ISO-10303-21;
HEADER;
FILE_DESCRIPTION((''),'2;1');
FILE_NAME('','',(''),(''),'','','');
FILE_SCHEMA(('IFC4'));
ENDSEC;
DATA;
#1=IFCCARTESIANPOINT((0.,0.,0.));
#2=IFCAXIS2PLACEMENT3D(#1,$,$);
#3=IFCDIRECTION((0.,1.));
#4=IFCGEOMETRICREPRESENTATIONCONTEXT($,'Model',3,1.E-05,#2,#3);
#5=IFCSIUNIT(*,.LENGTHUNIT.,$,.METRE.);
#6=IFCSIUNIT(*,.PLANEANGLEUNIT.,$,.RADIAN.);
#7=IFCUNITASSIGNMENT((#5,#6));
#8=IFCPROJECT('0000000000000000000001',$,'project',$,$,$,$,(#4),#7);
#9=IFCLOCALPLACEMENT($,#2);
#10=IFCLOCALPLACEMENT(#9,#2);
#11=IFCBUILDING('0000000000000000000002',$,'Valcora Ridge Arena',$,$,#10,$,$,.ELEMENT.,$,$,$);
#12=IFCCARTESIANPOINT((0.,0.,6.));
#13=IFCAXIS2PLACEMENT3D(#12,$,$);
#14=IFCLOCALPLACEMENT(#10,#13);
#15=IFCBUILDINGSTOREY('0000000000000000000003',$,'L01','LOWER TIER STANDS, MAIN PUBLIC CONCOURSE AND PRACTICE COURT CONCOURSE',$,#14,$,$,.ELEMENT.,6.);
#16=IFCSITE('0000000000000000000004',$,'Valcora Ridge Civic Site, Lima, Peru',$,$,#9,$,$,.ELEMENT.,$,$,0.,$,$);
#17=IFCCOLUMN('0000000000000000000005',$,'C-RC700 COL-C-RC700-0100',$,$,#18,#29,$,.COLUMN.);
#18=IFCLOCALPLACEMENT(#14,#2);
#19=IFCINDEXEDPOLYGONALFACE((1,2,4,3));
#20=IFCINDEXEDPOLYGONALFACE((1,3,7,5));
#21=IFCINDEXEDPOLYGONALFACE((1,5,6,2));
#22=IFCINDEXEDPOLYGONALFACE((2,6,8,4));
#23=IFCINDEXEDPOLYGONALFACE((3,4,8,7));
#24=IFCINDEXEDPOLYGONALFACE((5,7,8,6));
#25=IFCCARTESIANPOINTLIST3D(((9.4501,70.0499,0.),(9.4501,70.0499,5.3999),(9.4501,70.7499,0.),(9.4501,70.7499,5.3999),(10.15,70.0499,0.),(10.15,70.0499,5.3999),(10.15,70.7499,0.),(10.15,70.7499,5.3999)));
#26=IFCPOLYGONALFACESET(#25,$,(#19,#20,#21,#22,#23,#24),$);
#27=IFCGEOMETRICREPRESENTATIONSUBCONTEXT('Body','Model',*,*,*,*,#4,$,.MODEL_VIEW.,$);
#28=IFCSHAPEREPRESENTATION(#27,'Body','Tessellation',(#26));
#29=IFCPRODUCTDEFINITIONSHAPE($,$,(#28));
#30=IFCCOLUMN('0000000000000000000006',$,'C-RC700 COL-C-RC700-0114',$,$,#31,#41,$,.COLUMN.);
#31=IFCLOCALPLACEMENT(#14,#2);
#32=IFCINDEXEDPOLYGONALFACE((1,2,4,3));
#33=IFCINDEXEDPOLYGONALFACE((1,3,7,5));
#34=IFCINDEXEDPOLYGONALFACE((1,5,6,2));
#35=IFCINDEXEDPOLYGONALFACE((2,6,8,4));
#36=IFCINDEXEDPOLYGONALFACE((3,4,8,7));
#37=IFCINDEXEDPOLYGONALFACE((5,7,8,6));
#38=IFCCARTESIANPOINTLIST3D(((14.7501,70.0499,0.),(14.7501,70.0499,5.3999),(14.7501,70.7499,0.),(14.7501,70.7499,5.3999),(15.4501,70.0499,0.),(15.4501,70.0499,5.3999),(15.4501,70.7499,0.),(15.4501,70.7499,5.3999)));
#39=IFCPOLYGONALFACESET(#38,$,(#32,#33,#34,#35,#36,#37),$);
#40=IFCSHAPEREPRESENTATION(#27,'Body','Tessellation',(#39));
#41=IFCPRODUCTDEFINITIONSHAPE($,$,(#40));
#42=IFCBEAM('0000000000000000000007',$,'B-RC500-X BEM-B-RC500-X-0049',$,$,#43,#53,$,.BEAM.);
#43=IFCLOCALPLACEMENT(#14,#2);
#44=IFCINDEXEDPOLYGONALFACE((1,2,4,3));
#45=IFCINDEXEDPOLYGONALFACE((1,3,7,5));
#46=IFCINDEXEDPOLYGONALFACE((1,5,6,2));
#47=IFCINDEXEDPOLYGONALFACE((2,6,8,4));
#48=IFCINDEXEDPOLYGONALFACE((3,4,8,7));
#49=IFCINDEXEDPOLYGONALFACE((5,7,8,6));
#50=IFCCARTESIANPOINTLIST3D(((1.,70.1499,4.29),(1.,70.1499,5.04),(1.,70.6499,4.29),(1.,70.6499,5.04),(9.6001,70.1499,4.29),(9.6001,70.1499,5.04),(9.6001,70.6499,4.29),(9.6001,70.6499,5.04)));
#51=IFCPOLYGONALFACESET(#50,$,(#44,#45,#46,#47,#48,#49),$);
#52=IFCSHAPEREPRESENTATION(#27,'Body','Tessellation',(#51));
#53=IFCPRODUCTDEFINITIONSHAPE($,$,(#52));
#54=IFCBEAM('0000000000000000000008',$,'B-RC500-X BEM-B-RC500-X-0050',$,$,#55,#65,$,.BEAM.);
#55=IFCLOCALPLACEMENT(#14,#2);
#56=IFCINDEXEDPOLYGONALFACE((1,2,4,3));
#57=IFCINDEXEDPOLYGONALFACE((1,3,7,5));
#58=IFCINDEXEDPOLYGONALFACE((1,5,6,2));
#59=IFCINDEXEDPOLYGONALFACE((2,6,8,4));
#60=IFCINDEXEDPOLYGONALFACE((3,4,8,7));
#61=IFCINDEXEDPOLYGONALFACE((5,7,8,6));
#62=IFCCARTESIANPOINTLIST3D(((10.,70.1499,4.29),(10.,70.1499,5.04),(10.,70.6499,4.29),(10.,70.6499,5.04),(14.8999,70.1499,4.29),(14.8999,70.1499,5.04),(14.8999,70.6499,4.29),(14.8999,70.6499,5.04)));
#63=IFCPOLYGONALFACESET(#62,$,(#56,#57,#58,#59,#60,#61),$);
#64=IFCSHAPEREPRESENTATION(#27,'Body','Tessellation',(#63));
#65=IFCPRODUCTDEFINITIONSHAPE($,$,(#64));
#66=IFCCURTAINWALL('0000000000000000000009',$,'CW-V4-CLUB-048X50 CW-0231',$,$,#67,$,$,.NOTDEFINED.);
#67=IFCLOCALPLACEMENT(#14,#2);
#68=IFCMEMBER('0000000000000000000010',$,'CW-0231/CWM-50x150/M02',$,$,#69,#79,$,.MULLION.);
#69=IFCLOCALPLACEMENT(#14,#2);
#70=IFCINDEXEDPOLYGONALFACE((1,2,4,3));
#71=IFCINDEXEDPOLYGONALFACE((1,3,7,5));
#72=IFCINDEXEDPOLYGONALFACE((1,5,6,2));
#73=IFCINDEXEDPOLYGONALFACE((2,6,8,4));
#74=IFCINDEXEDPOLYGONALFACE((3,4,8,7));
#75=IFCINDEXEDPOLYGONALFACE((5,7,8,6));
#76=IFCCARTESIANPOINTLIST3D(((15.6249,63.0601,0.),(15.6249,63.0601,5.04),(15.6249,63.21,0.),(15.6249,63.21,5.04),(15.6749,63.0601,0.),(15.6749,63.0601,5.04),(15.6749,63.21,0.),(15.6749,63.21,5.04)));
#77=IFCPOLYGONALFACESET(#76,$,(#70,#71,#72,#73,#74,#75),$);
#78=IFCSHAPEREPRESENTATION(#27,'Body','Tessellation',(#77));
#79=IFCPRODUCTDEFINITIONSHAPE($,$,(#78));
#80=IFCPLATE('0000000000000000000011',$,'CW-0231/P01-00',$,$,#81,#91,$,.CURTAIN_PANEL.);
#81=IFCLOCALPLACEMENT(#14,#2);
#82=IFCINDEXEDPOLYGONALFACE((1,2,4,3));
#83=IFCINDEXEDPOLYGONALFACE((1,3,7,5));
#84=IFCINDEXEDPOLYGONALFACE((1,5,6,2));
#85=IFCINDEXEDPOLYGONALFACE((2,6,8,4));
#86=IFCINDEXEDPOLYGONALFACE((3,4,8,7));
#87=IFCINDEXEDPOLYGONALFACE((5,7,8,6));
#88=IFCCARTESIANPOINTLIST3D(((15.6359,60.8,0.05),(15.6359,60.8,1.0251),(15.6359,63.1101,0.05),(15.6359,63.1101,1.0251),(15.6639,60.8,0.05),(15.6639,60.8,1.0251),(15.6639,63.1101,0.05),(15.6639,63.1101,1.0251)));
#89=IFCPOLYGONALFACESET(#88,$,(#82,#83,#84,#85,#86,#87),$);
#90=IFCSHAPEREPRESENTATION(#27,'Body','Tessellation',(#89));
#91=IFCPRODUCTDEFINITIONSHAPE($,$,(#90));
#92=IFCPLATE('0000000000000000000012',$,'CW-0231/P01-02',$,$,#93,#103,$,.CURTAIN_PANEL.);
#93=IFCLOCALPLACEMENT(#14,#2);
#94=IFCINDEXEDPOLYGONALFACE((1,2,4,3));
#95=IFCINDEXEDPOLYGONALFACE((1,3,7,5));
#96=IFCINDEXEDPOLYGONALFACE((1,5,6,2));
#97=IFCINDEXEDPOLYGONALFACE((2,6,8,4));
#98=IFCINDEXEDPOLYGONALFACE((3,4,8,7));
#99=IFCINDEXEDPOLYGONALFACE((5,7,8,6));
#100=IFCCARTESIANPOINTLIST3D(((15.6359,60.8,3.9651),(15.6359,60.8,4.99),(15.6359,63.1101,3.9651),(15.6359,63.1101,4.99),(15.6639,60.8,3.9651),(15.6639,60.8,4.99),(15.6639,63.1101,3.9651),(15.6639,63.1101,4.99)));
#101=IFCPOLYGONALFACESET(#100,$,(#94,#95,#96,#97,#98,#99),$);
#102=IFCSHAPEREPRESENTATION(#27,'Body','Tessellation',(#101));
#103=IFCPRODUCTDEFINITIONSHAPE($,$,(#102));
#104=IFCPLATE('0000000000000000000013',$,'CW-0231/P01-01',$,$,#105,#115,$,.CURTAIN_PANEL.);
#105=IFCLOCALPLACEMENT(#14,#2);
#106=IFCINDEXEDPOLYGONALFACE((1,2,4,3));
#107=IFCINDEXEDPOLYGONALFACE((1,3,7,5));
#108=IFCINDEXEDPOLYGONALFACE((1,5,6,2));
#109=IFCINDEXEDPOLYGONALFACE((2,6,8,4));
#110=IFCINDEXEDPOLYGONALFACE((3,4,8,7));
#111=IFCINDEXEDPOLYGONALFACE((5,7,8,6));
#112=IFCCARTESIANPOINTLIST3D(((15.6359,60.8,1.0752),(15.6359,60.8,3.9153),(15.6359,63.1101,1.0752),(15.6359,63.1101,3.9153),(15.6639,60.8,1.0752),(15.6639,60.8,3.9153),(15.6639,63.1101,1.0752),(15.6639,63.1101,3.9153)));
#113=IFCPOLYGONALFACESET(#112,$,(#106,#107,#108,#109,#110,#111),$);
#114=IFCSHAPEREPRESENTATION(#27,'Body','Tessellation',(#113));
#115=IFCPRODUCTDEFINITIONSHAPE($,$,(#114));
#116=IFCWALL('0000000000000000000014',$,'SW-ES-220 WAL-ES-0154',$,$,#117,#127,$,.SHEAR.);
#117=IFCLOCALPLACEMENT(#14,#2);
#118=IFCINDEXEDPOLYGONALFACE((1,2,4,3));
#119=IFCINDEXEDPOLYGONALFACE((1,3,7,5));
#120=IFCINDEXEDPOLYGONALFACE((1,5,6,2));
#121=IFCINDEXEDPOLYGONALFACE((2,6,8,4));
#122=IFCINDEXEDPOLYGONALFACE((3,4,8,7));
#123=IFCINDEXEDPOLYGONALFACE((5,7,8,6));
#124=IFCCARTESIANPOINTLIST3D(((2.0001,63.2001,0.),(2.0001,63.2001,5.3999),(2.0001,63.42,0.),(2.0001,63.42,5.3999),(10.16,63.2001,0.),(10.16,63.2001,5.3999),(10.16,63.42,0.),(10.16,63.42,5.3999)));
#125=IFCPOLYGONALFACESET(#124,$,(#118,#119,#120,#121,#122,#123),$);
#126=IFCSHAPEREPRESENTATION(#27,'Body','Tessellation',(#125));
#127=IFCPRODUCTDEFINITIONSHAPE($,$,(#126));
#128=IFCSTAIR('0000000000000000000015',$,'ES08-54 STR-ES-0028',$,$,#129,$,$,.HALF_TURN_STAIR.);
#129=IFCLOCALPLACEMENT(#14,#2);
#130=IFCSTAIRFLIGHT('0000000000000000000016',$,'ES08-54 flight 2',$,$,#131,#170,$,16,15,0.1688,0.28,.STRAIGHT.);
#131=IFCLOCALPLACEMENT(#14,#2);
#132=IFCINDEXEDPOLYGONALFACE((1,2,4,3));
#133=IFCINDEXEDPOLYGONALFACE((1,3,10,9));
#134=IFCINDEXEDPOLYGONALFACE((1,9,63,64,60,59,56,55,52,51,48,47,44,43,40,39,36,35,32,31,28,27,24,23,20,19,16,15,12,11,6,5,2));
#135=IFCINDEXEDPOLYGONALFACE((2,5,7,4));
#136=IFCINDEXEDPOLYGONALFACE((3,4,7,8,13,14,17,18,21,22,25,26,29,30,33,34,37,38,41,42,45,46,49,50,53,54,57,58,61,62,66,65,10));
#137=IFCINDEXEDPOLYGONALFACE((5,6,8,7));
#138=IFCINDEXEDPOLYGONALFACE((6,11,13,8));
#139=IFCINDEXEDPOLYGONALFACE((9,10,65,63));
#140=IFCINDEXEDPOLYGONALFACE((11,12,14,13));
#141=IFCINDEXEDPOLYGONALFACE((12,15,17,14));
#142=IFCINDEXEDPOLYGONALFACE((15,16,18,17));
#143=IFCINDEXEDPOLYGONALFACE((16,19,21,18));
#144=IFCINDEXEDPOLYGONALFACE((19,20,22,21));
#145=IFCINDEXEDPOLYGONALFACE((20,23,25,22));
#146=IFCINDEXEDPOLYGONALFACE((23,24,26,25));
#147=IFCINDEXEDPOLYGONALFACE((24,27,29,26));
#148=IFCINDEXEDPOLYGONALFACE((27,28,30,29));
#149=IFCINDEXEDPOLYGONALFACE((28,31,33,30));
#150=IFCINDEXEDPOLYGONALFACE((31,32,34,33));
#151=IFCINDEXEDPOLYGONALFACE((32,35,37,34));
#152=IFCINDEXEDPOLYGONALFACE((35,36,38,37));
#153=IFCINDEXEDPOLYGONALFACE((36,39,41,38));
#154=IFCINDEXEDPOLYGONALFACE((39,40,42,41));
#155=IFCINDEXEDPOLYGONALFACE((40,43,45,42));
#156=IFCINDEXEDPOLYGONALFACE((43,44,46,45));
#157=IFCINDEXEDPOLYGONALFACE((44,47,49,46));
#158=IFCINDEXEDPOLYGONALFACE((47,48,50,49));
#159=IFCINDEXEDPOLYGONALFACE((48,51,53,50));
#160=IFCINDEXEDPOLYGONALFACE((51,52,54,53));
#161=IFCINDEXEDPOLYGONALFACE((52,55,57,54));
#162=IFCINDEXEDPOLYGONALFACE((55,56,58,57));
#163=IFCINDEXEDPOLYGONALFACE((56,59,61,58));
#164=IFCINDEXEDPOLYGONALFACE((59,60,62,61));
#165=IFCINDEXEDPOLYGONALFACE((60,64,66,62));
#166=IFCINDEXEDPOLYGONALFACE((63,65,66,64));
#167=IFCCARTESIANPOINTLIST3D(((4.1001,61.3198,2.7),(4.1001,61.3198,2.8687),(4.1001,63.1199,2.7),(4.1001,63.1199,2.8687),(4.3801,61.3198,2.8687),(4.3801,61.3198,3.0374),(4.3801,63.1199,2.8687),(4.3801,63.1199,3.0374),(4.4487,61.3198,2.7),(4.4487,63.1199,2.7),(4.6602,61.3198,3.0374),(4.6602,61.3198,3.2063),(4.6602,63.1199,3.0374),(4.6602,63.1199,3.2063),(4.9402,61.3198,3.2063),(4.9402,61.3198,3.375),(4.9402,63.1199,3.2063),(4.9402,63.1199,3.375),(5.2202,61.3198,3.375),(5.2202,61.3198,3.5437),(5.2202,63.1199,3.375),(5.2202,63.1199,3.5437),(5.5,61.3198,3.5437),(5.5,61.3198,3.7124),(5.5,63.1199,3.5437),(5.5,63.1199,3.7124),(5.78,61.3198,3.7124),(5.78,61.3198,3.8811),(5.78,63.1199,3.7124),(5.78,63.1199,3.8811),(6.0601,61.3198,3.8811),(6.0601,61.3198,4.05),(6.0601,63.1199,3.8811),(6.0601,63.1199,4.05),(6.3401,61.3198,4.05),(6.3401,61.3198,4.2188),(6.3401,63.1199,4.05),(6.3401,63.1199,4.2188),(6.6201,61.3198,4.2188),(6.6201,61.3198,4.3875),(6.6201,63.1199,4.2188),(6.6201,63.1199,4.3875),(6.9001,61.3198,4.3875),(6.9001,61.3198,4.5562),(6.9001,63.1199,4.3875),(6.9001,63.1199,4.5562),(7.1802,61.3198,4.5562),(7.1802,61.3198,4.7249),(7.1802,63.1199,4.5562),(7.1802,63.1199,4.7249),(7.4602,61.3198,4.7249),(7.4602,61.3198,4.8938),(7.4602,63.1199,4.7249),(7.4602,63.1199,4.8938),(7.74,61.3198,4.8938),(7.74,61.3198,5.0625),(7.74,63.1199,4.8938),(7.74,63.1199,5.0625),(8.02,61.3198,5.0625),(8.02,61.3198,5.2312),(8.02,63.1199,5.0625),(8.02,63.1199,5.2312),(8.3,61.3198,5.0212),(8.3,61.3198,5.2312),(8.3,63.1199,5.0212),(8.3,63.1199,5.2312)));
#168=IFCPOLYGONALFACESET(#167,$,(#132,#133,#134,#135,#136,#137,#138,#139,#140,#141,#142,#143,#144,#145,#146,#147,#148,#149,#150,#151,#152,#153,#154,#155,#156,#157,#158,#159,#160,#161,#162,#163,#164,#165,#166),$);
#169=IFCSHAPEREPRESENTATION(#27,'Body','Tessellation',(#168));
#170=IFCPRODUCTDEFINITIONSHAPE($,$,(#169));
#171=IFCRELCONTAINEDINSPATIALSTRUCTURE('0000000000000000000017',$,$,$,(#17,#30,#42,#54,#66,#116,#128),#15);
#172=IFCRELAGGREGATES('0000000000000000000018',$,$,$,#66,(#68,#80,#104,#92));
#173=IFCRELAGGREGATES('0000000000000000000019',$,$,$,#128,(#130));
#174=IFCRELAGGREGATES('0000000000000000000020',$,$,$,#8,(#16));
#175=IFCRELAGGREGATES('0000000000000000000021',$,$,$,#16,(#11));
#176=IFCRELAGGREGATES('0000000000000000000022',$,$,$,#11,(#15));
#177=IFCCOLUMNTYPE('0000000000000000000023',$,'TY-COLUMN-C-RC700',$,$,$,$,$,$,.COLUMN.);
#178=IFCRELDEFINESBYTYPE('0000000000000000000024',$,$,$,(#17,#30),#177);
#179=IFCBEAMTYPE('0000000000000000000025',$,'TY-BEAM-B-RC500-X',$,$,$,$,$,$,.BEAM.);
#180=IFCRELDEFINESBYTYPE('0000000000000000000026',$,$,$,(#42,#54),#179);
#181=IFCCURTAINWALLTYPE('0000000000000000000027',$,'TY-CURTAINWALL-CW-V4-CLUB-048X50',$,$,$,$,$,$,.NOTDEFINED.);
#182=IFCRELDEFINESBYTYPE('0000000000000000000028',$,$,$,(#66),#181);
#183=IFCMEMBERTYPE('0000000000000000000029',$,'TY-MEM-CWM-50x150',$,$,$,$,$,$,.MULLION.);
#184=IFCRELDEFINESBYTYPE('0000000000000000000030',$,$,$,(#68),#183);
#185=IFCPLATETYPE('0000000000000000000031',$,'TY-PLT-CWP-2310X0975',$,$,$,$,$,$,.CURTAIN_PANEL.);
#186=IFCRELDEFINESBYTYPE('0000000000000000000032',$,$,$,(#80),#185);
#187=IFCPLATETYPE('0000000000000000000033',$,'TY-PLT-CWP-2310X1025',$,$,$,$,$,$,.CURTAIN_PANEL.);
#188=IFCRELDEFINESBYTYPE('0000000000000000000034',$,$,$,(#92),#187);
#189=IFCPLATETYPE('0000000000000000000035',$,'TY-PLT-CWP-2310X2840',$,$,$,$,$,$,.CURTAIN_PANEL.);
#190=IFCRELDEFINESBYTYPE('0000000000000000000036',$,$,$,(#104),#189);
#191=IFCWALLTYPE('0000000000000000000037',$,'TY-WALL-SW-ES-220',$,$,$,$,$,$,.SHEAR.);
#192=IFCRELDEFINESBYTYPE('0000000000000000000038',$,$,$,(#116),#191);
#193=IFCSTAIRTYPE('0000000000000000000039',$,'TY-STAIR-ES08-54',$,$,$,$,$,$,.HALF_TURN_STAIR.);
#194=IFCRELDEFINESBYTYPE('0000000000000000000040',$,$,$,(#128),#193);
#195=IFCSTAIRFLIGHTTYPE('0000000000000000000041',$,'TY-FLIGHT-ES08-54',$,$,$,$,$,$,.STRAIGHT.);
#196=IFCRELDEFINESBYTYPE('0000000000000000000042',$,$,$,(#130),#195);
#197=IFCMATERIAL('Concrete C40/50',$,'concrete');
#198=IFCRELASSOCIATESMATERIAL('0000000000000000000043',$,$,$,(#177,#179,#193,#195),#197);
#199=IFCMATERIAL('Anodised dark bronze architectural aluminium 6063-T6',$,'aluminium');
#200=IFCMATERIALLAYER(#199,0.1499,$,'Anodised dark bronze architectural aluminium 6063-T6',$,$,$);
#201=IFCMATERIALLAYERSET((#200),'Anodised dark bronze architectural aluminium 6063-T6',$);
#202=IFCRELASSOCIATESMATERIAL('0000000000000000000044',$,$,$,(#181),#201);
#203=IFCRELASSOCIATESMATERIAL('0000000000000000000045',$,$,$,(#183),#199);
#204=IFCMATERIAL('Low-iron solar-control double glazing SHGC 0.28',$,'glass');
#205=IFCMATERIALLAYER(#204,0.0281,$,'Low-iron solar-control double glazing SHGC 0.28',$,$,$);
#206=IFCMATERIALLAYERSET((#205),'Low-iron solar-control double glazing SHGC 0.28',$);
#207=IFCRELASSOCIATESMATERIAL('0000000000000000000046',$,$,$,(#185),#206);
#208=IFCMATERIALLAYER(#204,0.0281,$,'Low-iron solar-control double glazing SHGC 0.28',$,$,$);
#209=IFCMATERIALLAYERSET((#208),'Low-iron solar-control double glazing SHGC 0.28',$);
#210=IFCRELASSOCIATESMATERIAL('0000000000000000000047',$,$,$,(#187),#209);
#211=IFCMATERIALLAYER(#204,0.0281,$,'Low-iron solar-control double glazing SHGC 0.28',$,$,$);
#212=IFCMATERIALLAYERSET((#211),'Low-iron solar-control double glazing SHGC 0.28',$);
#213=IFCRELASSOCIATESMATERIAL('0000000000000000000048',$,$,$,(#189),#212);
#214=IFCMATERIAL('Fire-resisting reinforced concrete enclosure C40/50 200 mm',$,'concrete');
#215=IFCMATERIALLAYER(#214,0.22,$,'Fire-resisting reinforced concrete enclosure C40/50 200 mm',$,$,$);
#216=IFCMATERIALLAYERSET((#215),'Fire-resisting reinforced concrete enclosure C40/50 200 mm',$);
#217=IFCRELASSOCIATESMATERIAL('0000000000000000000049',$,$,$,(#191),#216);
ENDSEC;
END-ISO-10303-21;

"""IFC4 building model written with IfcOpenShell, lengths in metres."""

from ifc_helpers import new_model, si_unit, direction, frame, frame_2d, origin, origin_2d, place, context, subcontext, project, spatial, polyline, rectangle, outline, extrude, material, layer, layer_set, material_profile, profile_set, type_object, element, aggregate, save


model = new_model("IFC4")

# Units and contexts
model_context = context("Model", 3, precision=1e-05, world=origin(), true_north=direction((0.0, 1.0)))
body_context = subcontext(model_context, "Body", "Model", "MODEL_VIEW")
ifc_project = project(units=[si_unit("LENGTHUNIT", "METRE"), si_unit("PLANEANGLEUNIT", "RADIAN")], contexts=[model_context])

# Site, building, storey
site_placement = place(None, origin())
site = spatial("IfcSite", under=ifc_project, at=site_placement, Name="Valcora Ridge Civic Site, Lima, Peru", CompositionType="ELEMENT", RefElevation=0.0)
building_placement = place(site_placement, origin())
building = spatial("IfcBuilding", under=site, at=building_placement, Name="Valcora Ridge Arena", CompositionType="ELEMENT")
storey_placement = place(building_placement, frame((0.0, 0.0, 6.0)))
storey = spatial("IfcBuildingStorey", under=building, at=storey_placement, Name="L01", Description="LOWER TIER STANDS, MAIN PUBLIC CONCOURSE AND PRACTICE COURT CONCOURSE", CompositionType="ELEMENT", Elevation=6.0)

# Columns
ifc_material_1 = material(Name="Concrete C40/50", Category="concrete")
ifc_material_profile_1 = material_profile(ifc_material_1, rectangle(XDim=0.7, YDim=0.7, at=origin_2d()), Name="RC 700x700")
ifc_profile_set_1 = profile_set([ifc_material_profile_1], Name="Concrete C40/50")
column_type = type_object("IfcColumnType", Name="TY-COLUMN-C-RC700", PredefinedType="COLUMN", material=ifc_profile_set_1)
for number, where, z_axis, x_axis, name in (
    (1, (9.8, 70.3999, 0.0), (0.0, 0.0, 1.0), (1.0, 0.0, 0.0), "C-RC700 COL-C-RC700-0100"),
    (2, (15.1001, 70.3999, 0.0), (0.0, 0.0, 1.0), (1.0, 0.0, 0.0), "C-RC700 COL-C-RC700-0114"),
):
    element("IfcColumn", number, at=place(storey_placement, frame(where, z_axis=z_axis, x_axis=x_axis)), inside=storey, type_object=column_type, Name=name, PredefinedType="COLUMN", context=body_context, shape_type="SweptSolid", body=[
        extrude(rectangle(XDim=0.7, YDim=0.7, at=origin_2d()), origin(), (0.0, 0.0, 1.0), 5.3999),
    ])

# Beams
ifc_material_profile_2 = material_profile(ifc_material_1, rectangle(XDim=0.5, YDim=0.75, at=origin_2d()), Name="RC 500x750")
ifc_profile_set_2 = profile_set([ifc_material_profile_2], Name="Concrete C40/50")
beam_type = type_object("IfcBeamType", Name="TY-BEAM-B-RC500-X", PredefinedType="BEAM", material=ifc_profile_set_2)
beam_1_placement = place(storey_placement, frame((1.0, 70.3999, 4.665), z_axis=(1.0, 0.0, 0.0), x_axis=(0.0, 1.0, 0.0)))
element("IfcBeam", 3, at=beam_1_placement, inside=storey, type_object=beam_type, Name="B-RC500-X BEM-B-RC500-X-0049", PredefinedType="BEAM", context=body_context, shape_type="SweptSolid", body=[
    extrude(rectangle(XDim=0.5, YDim=0.75, at=origin_2d()), origin(), (0.0, 0.0, 1.0), 8.6001),
])
beam_2_placement = place(storey_placement, frame((10.0, 70.3999, 4.665), z_axis=(1.0, 0.0, 0.0), x_axis=(0.0, 1.0, 0.0)))
element("IfcBeam", 4, at=beam_2_placement, inside=storey, type_object=beam_type, Name="B-RC500-X BEM-B-RC500-X-0050", PredefinedType="BEAM", context=body_context, shape_type="SweptSolid", body=[
    extrude(rectangle(XDim=0.5, YDim=0.75, at=origin_2d()), origin(), (0.0, 0.0, 1.0), 4.8999),
])

# Curtain wall, member, plates
ifc_material_2 = material(Name="Anodised dark bronze architectural aluminium 6063-T6", Category="aluminium")
ifc_layer_1 = layer(ifc_material_2, 0.1499, Name="Anodised dark bronze architectural aluminium 6063-T6")
ifc_layer_set_1 = layer_set([ifc_layer_1], Name="Anodised dark bronze architectural aluminium 6063-T6")
curtain_wall_type = type_object("IfcCurtainWallType", Name="TY-CURTAINWALL-CW-V4-CLUB-048X50", PredefinedType="NOTDEFINED", material=ifc_layer_set_1)
curtain_wall_placement = place(storey_placement, origin())
curtain_wall = element("IfcCurtainWall", 5, at=curtain_wall_placement, inside=storey, type_object=curtain_wall_type, Name="CW-V4-CLUB-048X50 CW-0231", PredefinedType="NOTDEFINED")
ifc_material_profile_3 = material_profile(ifc_material_2, rectangle(XDim=0.05, YDim=0.1499, at=origin_2d()), Name="ALU MULLION 50x150")
ifc_profile_set_3 = profile_set([ifc_material_profile_3], Name="Anodised dark bronze architectural aluminium 6063-T6")
member_type = type_object("IfcMemberType", Name="TY-MEM-CWM-50x150", PredefinedType="MULLION", material=ifc_profile_set_3)
member_placement = place(storey_placement, frame((15.6499, 63.135, 0.0), z_axis=(0.0, 0.0, 1.0), x_axis=(-1.0, 0.0, 0.0)))
member = element("IfcMember", 6, at=member_placement, type_object=member_type, Name="CW-0231/CWM-50x150/M02", PredefinedType="MULLION", context=body_context, shape_type="SweptSolid", body=[
    extrude(rectangle(XDim=0.05, YDim=0.1499, at=origin_2d()), origin(), (0.0, 0.0, 1.0), 5.04),
])
ifc_material_3 = material(Name="Low-iron solar-control double glazing SHGC 0.28", Category="glass")
ifc_layer_2 = layer(ifc_material_3, 0.0281, Name="Low-iron solar-control double glazing SHGC 0.28")
ifc_layer_set_2 = layer_set([ifc_layer_2], Name="Low-iron solar-control double glazing SHGC 0.28")
plate_type_1 = type_object("IfcPlateType", Name="TY-PLT-CWP-2310X0975", PredefinedType="CURTAIN_PANEL", material=ifc_layer_set_2)
plate_1_placement = place(storey_placement, frame((15.6499, 61.9551, 0.05), z_axis=(0.0, 0.0, 1.0), x_axis=(0.0, 1.0, 0.0)))
plate_1 = element("IfcPlate", 7, at=plate_1_placement, type_object=plate_type_1, Name="CW-0231/P01-00", PredefinedType="CURTAIN_PANEL", context=body_context, shape_type="SweptSolid", body=[
    extrude(rectangle(XDim=2.3101, YDim=0.0281, at=origin_2d()), origin(), (0.0, 0.0, 1.0), 0.9751),
])
ifc_layer_3 = layer(ifc_material_3, 0.0281, Name="Low-iron solar-control double glazing SHGC 0.28")
ifc_layer_set_3 = layer_set([ifc_layer_3], Name="Low-iron solar-control double glazing SHGC 0.28")
plate_type_2 = type_object("IfcPlateType", Name="TY-PLT-CWP-2310X1025", PredefinedType="CURTAIN_PANEL", material=ifc_layer_set_3)
plate_2_placement = place(storey_placement, frame((15.6499, 61.9551, 3.9651), z_axis=(0.0, 0.0, 1.0), x_axis=(0.0, 1.0, 0.0)))
plate_2 = element("IfcPlate", 8, at=plate_2_placement, type_object=plate_type_2, Name="CW-0231/P01-02", PredefinedType="CURTAIN_PANEL", context=body_context, shape_type="SweptSolid", body=[
    extrude(rectangle(XDim=2.3101, YDim=0.0281, at=origin_2d()), origin(), (0.0, 0.0, 1.0), 1.0249),
])
ifc_layer_4 = layer(ifc_material_3, 0.0281, Name="Low-iron solar-control double glazing SHGC 0.28")
ifc_layer_set_4 = layer_set([ifc_layer_4], Name="Low-iron solar-control double glazing SHGC 0.28")
plate_type_3 = type_object("IfcPlateType", Name="TY-PLT-CWP-2310X2840", PredefinedType="CURTAIN_PANEL", material=ifc_layer_set_4)
plate_3_placement = place(storey_placement, frame((15.6499, 61.9551, 1.0752), z_axis=(0.0, 0.0, 1.0), x_axis=(0.0, 1.0, 0.0)))
plate_3 = element("IfcPlate", 9, at=plate_3_placement, type_object=plate_type_3, Name="CW-0231/P01-01", PredefinedType="CURTAIN_PANEL", context=body_context, shape_type="SweptSolid", body=[
    extrude(rectangle(XDim=2.3101, YDim=0.0281, at=origin_2d()), origin(), (0.0, 0.0, 1.0), 2.8401),
])
aggregate(curtain_wall, [member, plate_1, plate_3, plate_2])

# Wall
ifc_material_4 = material(Name="Fire-resisting reinforced concrete enclosure C40/50 200 mm", Category="concrete")
ifc_layer_5 = layer(ifc_material_4, 0.22, Name="Fire-resisting reinforced concrete enclosure C40/50 200 mm")
ifc_layer_set_5 = layer_set([ifc_layer_5], Name="Fire-resisting reinforced concrete enclosure C40/50 200 mm")
wall_type = type_object("IfcWallType", Name="TY-WALL-SW-ES-220", PredefinedType="SHEAR", material=ifc_layer_set_5)
wall_placement = place(storey_placement, frame((2.0, 63.3101, 0.0), z_axis=(0.0, 0.0, 1.0), x_axis=(1.0, 0.0, 0.0)))
element("IfcWall", 10, at=wall_placement, inside=storey, type_object=wall_type, Name="SW-ES-220 WAL-ES-0154", PredefinedType="SHEAR", context=body_context, shape_type="SweptSolid", body=[
    extrude(rectangle(XDim=8.1599, YDim=0.22, at=frame_2d((4.0801, 0.0))), origin(), (0.0, 0.0, 1.0), 5.3999),
])

# Stair, stair flight
stair_type = type_object("IfcStairType", Name="TY-STAIR-ES08-54", PredefinedType="HALF_TURN_STAIR", material=ifc_material_1)
stair_placement = place(storey_placement, origin())
stair = element("IfcStair", 11, at=stair_placement, inside=storey, type_object=stair_type, Name="ES08-54 STR-ES-0028", PredefinedType="HALF_TURN_STAIR")
stair_flight_type = type_object("IfcStairFlightType", Name="TY-FLIGHT-ES08-54", PredefinedType="STRAIGHT", material=ifc_material_1)
stair_flight_placement = place(storey_placement, frame((4.1001, 62.22, 2.7), z_axis=(0.0, 0.0, 1.0), x_axis=(1.0, 0.0, 0.0)))
stair_flight = element("IfcStairFlight", 12, at=stair_flight_placement, type_object=stair_flight_type, Name="ES08-54 flight 2", NumberOfRisers=16, NumberOfTreads=15, PredefinedType="STRAIGHT", RiserHeight=0.1688, TreadLength=0.28, context=body_context, shape_type="SweptSolid", body=[
    extrude(outline(polyline([(0.0, 0.0), (0.0, 0.1687), (0.28, 0.1687), (0.28, 0.3374), (0.5601, 0.3374), (0.5601, 0.5063), (0.8401, 0.5063), (0.8401, 0.675), (1.1201, 0.675), (1.1201, 0.8438), (1.3999, 0.8438), (1.3999, 1.0125), (1.6799, 1.0125), (1.6799, 1.1812), (1.96, 1.1812), (1.96, 1.3501), (2.24, 1.3501), (2.24, 1.5188), (2.52, 1.5188), (2.52, 1.6875), (2.8, 1.6875), (2.8, 1.8562), (3.0801, 1.8562), (3.0801, 2.0249), (3.3601, 2.0249), (3.3601, 2.1938), (3.6399, 2.1938), (3.6399, 2.3625), (3.9199, 2.3625), (3.9199, 2.5312), (4.2, 2.5312), (4.2, 2.7), (4.2, 2.3213), (0.3486, 0.0), (0.0, 0.0)])), frame((0.0, 0.8999, 0.0), z_axis=(0.0, -1.0, 0.0), x_axis=(1.0, 0.0, 0.0)), (0.0, 0.0, 1.0), 1.8),
])
aggregate(stair, [stair_flight])

save(model, "model.ifc")
